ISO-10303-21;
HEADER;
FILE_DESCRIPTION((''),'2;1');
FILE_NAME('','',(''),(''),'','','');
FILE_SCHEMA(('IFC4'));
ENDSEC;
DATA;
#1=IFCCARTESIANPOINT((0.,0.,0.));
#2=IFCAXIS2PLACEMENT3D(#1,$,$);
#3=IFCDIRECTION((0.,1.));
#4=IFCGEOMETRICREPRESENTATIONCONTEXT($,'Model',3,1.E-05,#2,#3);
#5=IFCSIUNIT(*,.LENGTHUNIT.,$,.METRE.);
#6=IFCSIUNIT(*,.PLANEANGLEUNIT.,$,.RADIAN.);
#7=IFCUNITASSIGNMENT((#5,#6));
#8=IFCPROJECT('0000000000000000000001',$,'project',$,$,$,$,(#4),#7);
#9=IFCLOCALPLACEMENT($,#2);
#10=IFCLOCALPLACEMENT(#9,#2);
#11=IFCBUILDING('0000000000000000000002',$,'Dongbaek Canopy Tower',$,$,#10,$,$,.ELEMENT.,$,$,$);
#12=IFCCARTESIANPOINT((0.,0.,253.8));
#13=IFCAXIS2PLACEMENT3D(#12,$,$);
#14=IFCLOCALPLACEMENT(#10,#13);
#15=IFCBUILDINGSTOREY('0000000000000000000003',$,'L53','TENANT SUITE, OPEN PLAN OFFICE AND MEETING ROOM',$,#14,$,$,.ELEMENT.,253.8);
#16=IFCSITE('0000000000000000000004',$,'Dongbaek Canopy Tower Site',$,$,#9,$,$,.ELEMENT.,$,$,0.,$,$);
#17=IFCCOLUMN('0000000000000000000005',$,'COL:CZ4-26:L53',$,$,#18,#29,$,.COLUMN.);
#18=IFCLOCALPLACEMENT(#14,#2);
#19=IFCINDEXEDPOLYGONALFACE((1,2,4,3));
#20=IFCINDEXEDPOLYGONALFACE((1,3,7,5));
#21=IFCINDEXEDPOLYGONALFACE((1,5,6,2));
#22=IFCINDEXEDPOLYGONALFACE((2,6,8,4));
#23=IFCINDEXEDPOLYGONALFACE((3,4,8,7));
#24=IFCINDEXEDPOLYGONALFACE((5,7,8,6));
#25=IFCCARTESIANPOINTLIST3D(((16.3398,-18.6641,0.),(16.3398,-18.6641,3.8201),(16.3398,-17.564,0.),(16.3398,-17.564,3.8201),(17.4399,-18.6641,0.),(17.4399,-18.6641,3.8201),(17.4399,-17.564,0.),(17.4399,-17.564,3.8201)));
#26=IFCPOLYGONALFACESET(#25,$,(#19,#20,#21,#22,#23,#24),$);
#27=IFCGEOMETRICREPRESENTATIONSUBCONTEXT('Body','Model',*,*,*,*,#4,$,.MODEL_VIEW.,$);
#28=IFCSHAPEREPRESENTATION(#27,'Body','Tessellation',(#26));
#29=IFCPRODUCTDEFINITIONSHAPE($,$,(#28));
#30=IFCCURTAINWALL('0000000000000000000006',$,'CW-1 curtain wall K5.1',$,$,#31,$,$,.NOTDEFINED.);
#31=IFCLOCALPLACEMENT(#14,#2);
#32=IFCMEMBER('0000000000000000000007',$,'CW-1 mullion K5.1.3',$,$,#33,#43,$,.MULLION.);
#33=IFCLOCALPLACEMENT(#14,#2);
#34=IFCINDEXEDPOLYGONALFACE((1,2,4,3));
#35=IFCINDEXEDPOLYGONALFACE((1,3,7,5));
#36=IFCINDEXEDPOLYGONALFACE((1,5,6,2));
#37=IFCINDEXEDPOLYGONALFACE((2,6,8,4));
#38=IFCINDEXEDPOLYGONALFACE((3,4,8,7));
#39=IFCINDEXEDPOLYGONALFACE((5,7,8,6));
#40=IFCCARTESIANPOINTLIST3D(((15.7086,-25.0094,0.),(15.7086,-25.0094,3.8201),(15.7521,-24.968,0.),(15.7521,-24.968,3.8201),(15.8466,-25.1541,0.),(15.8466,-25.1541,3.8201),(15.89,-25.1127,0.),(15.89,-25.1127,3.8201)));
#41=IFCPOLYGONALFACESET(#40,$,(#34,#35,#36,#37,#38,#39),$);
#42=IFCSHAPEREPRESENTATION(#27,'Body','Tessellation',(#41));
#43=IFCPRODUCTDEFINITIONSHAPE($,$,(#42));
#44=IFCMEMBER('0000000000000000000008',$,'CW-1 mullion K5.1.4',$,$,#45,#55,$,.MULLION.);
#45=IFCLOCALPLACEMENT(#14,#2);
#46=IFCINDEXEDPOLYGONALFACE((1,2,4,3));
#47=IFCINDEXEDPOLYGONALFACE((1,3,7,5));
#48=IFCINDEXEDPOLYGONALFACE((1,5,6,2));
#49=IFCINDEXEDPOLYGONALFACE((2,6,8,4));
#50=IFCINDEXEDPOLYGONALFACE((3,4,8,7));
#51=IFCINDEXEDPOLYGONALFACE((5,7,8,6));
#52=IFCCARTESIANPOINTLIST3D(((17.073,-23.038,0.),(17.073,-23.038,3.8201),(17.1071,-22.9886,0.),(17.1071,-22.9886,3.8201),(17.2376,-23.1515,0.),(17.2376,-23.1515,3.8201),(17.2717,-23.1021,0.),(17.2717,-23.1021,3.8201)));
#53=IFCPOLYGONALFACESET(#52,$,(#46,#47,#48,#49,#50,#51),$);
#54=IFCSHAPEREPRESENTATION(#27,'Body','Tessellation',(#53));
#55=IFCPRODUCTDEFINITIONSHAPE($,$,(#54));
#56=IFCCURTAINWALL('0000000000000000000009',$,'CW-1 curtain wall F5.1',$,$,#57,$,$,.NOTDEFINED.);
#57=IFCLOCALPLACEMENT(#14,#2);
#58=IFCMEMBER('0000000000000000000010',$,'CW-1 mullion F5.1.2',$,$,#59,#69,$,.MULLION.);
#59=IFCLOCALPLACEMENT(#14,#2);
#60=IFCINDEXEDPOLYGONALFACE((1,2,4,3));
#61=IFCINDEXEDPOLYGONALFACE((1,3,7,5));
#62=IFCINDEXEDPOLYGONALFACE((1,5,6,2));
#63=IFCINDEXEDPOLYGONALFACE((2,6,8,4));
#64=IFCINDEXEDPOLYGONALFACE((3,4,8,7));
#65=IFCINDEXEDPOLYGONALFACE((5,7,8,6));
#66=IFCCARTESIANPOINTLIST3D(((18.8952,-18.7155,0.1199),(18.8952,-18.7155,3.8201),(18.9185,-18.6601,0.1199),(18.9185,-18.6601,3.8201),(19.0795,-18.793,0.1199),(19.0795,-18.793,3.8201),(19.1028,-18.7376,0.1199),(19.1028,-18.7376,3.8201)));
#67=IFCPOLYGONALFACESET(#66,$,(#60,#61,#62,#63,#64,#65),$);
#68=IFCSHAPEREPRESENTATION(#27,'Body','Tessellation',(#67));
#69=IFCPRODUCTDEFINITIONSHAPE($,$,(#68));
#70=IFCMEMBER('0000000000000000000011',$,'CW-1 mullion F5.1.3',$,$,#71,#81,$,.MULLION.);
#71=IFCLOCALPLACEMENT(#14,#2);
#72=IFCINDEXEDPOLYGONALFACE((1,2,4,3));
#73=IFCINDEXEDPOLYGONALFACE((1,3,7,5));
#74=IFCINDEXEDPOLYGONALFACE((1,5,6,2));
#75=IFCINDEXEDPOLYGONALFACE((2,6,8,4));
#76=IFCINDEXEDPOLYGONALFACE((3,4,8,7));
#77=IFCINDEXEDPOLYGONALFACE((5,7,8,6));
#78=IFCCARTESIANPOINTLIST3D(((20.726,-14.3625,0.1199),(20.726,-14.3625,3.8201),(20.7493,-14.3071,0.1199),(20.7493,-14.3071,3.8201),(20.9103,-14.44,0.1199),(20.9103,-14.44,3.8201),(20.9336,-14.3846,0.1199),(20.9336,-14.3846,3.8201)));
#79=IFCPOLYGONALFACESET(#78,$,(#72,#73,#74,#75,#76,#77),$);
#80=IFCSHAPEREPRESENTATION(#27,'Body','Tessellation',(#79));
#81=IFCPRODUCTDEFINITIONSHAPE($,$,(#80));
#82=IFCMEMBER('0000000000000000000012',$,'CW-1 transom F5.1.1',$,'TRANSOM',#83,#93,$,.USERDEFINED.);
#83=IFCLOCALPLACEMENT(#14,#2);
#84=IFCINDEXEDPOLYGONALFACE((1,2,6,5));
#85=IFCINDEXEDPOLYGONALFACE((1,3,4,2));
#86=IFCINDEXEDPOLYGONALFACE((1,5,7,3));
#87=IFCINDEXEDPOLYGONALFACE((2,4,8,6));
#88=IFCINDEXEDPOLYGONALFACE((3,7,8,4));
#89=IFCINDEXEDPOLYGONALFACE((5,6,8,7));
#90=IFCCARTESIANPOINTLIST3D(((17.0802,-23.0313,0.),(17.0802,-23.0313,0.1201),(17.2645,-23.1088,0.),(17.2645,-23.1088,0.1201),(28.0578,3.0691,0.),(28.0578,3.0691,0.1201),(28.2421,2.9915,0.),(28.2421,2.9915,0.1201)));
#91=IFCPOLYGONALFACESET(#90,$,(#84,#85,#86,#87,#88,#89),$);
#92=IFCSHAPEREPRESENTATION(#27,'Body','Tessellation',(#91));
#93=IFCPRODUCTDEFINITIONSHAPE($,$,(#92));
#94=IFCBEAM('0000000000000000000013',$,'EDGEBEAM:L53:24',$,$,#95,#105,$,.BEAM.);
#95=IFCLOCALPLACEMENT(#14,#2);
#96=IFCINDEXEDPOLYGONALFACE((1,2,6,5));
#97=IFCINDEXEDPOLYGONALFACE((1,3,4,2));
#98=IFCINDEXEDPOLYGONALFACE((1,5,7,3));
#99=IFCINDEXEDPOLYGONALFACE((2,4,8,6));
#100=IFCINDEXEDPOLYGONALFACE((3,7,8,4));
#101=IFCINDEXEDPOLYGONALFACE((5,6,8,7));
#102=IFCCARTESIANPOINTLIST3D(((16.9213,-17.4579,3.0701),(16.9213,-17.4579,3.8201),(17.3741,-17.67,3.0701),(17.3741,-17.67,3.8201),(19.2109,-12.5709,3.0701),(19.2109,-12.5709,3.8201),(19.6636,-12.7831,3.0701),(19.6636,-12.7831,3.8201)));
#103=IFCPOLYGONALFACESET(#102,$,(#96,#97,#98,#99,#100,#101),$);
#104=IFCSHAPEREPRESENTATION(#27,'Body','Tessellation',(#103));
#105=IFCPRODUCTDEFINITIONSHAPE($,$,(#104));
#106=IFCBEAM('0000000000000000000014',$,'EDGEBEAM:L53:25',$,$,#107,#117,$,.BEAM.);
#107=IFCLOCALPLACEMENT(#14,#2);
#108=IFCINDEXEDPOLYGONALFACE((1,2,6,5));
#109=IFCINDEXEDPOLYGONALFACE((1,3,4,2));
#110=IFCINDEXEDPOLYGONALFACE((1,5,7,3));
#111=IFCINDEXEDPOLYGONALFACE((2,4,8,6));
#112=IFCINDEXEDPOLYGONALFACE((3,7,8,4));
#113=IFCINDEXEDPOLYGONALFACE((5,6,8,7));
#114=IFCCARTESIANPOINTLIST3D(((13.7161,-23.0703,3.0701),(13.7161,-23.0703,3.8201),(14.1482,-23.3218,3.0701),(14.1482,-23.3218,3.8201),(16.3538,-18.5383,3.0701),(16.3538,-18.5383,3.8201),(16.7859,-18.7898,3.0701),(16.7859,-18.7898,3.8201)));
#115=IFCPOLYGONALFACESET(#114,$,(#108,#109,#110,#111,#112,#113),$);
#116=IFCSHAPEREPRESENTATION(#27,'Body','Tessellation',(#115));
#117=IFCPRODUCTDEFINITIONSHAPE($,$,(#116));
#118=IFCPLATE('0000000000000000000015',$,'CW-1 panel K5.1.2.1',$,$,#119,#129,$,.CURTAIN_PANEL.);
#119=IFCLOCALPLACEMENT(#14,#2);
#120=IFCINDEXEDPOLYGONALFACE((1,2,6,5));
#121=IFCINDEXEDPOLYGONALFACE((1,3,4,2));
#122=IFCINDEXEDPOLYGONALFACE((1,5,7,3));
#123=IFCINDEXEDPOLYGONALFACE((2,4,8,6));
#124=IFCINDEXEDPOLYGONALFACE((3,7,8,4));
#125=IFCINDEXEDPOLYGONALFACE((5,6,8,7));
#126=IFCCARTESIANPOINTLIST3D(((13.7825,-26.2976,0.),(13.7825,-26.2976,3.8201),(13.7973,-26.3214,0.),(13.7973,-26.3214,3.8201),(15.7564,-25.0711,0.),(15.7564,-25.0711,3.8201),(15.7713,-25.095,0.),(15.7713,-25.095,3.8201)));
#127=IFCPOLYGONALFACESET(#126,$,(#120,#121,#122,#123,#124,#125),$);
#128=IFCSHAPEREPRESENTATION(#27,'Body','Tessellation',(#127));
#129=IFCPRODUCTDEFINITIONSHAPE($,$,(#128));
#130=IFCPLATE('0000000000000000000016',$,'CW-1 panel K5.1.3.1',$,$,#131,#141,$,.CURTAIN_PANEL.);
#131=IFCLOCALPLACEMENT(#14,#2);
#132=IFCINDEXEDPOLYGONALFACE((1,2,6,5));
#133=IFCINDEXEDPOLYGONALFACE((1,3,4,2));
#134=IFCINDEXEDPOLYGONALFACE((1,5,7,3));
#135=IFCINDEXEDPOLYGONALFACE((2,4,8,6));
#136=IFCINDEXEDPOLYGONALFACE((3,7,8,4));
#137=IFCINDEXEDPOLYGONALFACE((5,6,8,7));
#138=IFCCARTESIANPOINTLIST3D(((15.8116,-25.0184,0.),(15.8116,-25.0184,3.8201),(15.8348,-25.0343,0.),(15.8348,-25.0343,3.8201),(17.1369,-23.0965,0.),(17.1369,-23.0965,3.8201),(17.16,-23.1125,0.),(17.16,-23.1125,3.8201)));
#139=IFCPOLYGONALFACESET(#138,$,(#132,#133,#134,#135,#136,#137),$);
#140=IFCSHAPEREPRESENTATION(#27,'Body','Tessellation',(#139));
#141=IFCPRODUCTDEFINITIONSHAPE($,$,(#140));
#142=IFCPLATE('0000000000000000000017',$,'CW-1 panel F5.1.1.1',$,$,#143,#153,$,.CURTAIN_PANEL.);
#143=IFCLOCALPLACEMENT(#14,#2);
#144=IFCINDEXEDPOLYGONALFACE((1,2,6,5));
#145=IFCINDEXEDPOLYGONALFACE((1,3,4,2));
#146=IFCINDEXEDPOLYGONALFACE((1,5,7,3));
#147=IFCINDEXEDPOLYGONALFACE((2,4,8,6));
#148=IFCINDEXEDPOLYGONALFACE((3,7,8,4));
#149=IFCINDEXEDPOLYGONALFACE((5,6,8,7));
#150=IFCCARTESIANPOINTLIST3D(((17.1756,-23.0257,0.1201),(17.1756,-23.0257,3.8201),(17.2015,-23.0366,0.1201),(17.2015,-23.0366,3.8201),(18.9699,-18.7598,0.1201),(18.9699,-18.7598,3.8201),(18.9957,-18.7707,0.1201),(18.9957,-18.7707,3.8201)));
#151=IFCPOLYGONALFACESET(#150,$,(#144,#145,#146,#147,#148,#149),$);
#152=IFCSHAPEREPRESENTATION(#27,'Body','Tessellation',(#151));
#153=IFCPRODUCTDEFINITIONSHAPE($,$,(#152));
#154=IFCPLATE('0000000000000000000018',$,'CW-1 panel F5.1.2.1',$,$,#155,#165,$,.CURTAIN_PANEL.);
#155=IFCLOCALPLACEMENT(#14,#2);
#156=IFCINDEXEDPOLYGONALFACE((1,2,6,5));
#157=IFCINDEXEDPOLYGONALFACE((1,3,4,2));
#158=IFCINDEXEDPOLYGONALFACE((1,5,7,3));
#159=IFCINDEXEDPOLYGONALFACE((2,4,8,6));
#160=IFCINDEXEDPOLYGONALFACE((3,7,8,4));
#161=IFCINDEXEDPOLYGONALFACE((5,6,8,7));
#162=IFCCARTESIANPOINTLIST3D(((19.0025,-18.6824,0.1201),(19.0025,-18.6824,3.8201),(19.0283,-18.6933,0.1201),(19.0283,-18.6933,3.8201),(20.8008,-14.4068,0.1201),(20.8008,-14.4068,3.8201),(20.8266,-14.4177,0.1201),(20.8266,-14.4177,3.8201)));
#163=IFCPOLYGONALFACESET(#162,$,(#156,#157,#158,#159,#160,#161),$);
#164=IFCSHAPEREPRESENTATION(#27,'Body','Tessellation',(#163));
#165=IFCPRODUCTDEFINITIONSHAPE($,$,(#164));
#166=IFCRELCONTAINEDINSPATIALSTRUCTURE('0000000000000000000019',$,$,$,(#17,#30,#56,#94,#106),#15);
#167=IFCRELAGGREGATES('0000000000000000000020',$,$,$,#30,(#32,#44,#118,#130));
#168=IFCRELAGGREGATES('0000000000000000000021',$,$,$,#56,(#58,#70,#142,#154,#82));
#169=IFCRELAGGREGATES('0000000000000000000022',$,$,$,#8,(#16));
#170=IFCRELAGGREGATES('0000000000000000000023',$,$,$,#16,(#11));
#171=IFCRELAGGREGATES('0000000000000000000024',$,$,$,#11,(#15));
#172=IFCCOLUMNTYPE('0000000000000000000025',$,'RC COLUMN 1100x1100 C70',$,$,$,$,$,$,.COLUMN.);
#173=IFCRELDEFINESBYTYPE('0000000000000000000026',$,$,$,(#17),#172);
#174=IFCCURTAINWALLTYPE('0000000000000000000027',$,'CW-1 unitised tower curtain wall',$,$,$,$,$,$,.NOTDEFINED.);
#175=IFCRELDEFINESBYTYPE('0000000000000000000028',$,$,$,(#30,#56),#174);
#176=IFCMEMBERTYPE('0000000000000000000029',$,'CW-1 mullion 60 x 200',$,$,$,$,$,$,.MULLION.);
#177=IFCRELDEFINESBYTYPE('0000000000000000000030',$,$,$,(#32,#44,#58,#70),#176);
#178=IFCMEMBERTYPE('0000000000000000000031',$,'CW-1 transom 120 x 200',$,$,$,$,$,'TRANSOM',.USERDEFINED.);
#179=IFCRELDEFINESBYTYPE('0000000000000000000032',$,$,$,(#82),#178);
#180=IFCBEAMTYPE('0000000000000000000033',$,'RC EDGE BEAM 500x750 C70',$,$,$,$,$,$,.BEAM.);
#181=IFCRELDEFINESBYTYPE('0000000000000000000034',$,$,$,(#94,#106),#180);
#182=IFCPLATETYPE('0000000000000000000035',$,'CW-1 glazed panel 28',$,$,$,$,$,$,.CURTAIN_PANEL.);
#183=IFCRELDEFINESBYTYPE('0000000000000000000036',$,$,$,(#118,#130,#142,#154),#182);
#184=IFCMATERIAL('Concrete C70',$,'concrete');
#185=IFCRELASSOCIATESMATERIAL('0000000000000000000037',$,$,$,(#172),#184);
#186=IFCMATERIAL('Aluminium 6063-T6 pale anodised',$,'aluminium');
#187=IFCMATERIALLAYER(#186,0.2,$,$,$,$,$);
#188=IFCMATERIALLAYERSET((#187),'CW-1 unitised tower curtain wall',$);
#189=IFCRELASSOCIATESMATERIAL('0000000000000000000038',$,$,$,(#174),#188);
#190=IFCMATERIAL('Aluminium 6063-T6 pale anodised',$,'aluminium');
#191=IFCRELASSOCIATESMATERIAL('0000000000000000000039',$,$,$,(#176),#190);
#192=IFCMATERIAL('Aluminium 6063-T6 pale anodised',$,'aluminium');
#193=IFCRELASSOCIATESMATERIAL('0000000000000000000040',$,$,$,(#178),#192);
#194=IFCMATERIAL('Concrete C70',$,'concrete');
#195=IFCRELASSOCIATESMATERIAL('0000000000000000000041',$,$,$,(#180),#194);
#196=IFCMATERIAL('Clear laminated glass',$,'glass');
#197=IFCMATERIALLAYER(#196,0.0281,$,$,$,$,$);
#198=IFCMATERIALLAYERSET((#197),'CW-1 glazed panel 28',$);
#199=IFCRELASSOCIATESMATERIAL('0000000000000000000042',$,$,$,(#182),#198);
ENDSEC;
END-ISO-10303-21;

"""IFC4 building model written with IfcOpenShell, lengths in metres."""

from ifc_helpers import new_model, si_unit, direction, frame, origin, origin_2d, place, context, subcontext, project, spatial, rectangle, extrude, material, layer, layer_set, material_profile, profile_set, type_object, element, aggregate, save


model = new_model("IFC4")

# Units and contexts
model_context = context("Model", 3, precision=1e-05, world=origin(), true_north=direction((0.0, 1.0)))
body_context = subcontext(model_context, "Body", "Model", "MODEL_VIEW")
ifc_project = project(units=[si_unit("LENGTHUNIT", "METRE"), si_unit("PLANEANGLEUNIT", "RADIAN")], contexts=[model_context])

# Site, building, storey
site_placement = place(None, origin())
site = spatial("IfcSite", under=ifc_project, at=site_placement, Name="Dongbaek Canopy Tower Site", CompositionType="ELEMENT", RefElevation=0.0)
building_placement = place(site_placement, origin())
building = spatial("IfcBuilding", under=site, at=building_placement, Name="Dongbaek Canopy Tower", CompositionType="ELEMENT")
storey_placement = place(building_placement, frame((0.0, 0.0, 253.8)))
storey = spatial("IfcBuildingStorey", under=building, at=storey_placement, Name="L53", Description="TENANT SUITE, OPEN PLAN OFFICE AND MEETING ROOM", CompositionType="ELEMENT", Elevation=253.8)

# Column
ifc_material_1 = material(Name="Concrete C70", Category="concrete")
ifc_material_profile_1 = material_profile(ifc_material_1, rectangle(XDim=1.1001, YDim=1.1001, at=origin_2d()), Name="RC COLUMN 1100x1100 C70")
ifc_profile_set_1 = profile_set([ifc_material_profile_1], Name="Concrete C70")
column_type = type_object("IfcColumnType", Name="RC COLUMN 1100x1100 C70", PredefinedType="COLUMN", material=ifc_profile_set_1)
column_placement = place(storey_placement, frame((16.8899, -18.114, 0.0), z_axis=(0.0, 0.0, 1.0), x_axis=(1.0, 0.0, 0.0)))
element("IfcColumn", 1, at=column_placement, inside=storey, type_object=column_type, Name="COL:CZ4-26:L53", PredefinedType="COLUMN", context=body_context, shape_type="SweptSolid", body=[
    extrude(rectangle(XDim=1.1001, YDim=1.1001, at=origin_2d()), origin(), (0.0, 0.0, 1.0), 3.8201),
])

# Curtain walls, members
ifc_material_2 = material(Name="Aluminium 6063-T6 pale anodised", Category="aluminium")
ifc_layer_1 = layer(ifc_material_2, 0.2)
ifc_layer_set_1 = layer_set([ifc_layer_1], Name="CW-1 unitised tower curtain wall")
curtain_wall_type = type_object("IfcCurtainWallType", Name="CW-1 unitised tower curtain wall", PredefinedType="NOTDEFINED", material=ifc_layer_set_1)
curtain_wall_1_placement = place(storey_placement, origin())
curtain_wall_1 = element("IfcCurtainWall", 2, at=curtain_wall_1_placement, inside=storey, type_object=curtain_wall_type, Name="CW-1 curtain wall K5.1", PredefinedType="NOTDEFINED")
ifc_material_3 = material(Name="Aluminium 6063-T6 pale anodised", Category="aluminium")
ifc_material_profile_2 = material_profile(ifc_material_3, rectangle(XDim=0.2, YDim=0.0601, at=origin_2d()), Name="CW-1 mullion 60 x 200")
ifc_profile_set_2 = profile_set([ifc_material_profile_2], Name="Aluminium 6063-T6 pale anodised")
member_type_1 = type_object("IfcMemberType", Name="CW-1 mullion 60 x 200", PredefinedType="MULLION", material=ifc_profile_set_2)
member_1_placement = place(storey_placement, frame((15.7993, -25.061, 0.0), z_axis=(0.0, 0.0, 1.0), x_axis=(0.69002, -0.723791, 0.0)))
member_1 = element("IfcMember", 3, at=member_1_placement, type_object=member_type_1, Name="CW-1 mullion K5.1.3", PredefinedType="MULLION", context=body_context, shape_type="SweptSolid", body=[
    extrude(rectangle(XDim=0.2, YDim=0.0601, at=origin_2d()), origin(), (0.0, 0.0, 1.0), 3.8201),
])
member_2_placement = place(storey_placement, frame((17.1724, -23.0701, 0.0), z_axis=(0.0, 0.0, 1.0), x_axis=(0.823238, -0.567697, 0.0)))
member_2 = element("IfcMember", 4, at=member_2_placement, type_object=member_type_1, Name="CW-1 mullion K5.1.4", PredefinedType="MULLION", context=body_context, shape_type="SweptSolid", body=[
    extrude(rectangle(XDim=0.2, YDim=0.0601, at=origin_2d()), origin(), (0.0, 0.0, 1.0), 3.8201),
])
curtain_wall_2_placement = place(storey_placement, origin())
curtain_wall_2 = element("IfcCurtainWall", 5, at=curtain_wall_2_placement, inside=storey, type_object=curtain_wall_type, Name="CW-1 curtain wall F5.1", PredefinedType="NOTDEFINED")
member_3_placement = place(storey_placement, frame((18.999, -18.7266, 0.1199), z_axis=(0.0, 0.0, 1.0), x_axis=(0.921787, -0.387696, 0.0)))
member_3 = element("IfcMember", 6, at=member_3_placement, type_object=member_type_1, Name="CW-1 mullion F5.1.2", PredefinedType="MULLION", context=body_context, shape_type="SweptSolid", body=[
    extrude(rectangle(XDim=0.2, YDim=0.0601, at=origin_2d()), origin(), (0.0, 0.0, 1.0), 3.7002),
])
member_4_placement = place(storey_placement, frame((20.8298, -14.3735, 0.1199), z_axis=(0.0, 0.0, 1.0), x_axis=(0.921787, -0.387696, 0.0)))
member_4 = element("IfcMember", 7, at=member_4_placement, type_object=member_type_1, Name="CW-1 mullion F5.1.3", PredefinedType="MULLION", context=body_context, shape_type="SweptSolid", body=[
    extrude(rectangle(XDim=0.2, YDim=0.0601, at=origin_2d()), origin(), (0.0, 0.0, 1.0), 3.7002),
])
ifc_material_4 = material(Name="Aluminium 6063-T6 pale anodised", Category="aluminium")
ifc_material_profile_3 = material_profile(ifc_material_4, rectangle(XDim=0.2, YDim=0.1201, at=origin_2d()), Name="CW-1 transom 120 x 200")
ifc_profile_set_3 = profile_set([ifc_material_profile_3], Name="Aluminium 6063-T6 pale anodised")
member_type_2 = type_object("IfcMemberType", Name="CW-1 transom 120 x 200", ElementType="TRANSOM", PredefinedType="USERDEFINED", material=ifc_profile_set_3)
member_5_placement = place(storey_placement, frame((17.1724, -23.0701, 0.0601), z_axis=(0.387695, 0.921788, 0.0), x_axis=(-0.921788, 0.387695, 0.0)))
member_5 = element("IfcMember", 8, at=member_5_placement, type_object=member_type_2, Name="CW-1 transom F5.1.1", ObjectType="TRANSOM", PredefinedType="USERDEFINED", context=body_context, shape_type="SweptSolid", body=[
    extrude(rectangle(XDim=0.2, YDim=0.1201, at=origin_2d()), origin(), (0.0, 0.0, 1.0), 28.3149),
])

# Beams
ifc_material_5 = material(Name="Concrete C70", Category="concrete")
ifc_material_profile_4 = material_profile(ifc_material_5, rectangle(XDim=0.5, YDim=0.75, at=origin_2d()), Name="RC EDGE BEAM 500x750 C70")
ifc_profile_set_4 = profile_set([ifc_material_profile_4], Name="Concrete C70")
beam_type = type_object("IfcBeamType", Name="RC EDGE BEAM 500x750 C70", PredefinedType="BEAM", material=ifc_profile_set_4)
beam_1_placement = place(storey_placement, frame((19.4373, -12.677, 3.4451), z_axis=(-0.42425, -0.905545, 0.0), x_axis=(0.905545, -0.42425, 0.0)))
element("IfcBeam", 9, at=beam_1_placement, inside=storey, type_object=beam_type, Name="EDGEBEAM:L53:24", PredefinedType="BEAM", context=body_context, shape_type="SweptSolid", body=[
    extrude(rectangle(XDim=0.5, YDim=0.75, at=origin_2d()), origin(), (0.0, 0.0, 1.0), 5.3967),
])
beam_2_placement = place(storey_placement, frame((16.5698, -18.6641, 3.4451), z_axis=(-0.503023, -0.864273, 0.0), x_axis=(0.864273, -0.503023, 0.0)))
element("IfcBeam", 10, at=beam_2_placement, inside=storey, type_object=beam_type, Name="EDGEBEAM:L53:25", PredefinedType="BEAM", context=body_context, shape_type="SweptSolid", body=[
    extrude(rectangle(XDim=0.5, YDim=0.75, at=origin_2d()), origin(), (0.0, 0.0, 1.0), 5.2437),
])

# Plates
ifc_material_6 = material(Name="Clear laminated glass", Category="glass")
ifc_layer_2 = layer(ifc_material_6, 0.0281)
ifc_layer_set_2 = layer_set([ifc_layer_2], Name="CW-1 glazed panel 28")
plate_type = type_object("IfcPlateType", Name="CW-1 glazed panel 28", PredefinedType="CURTAIN_PANEL", material=ifc_layer_set_2)
plate_1_placement = place(storey_placement, frame((14.7769, -25.6963, 0.0), z_axis=(0.0, 0.0, 1.0), x_axis=(0.849404, 0.527743, 0.0)))
plate_1 = element("IfcPlate", 11, at=plate_1_placement, type_object=plate_type, Name="CW-1 panel K5.1.2.1", PredefinedType="CURTAIN_PANEL", context=body_context, shape_type="SweptSolid", body=[
    extrude(rectangle(XDim=2.324, YDim=0.0281, at=origin_2d()), origin(), (0.0, 0.0, 1.0), 3.8201),
])
plate_2_placement = place(storey_placement, frame((16.4858, -24.0654, 0.0), z_axis=(0.0, 0.0, 1.0), x_axis=(0.567697, 0.823238, 0.0)))
plate_2 = element("IfcPlate", 12, at=plate_2_placement, type_object=plate_type, Name="CW-1 panel K5.1.3.1", PredefinedType="CURTAIN_PANEL", context=body_context, shape_type="SweptSolid", body=[
    extrude(rectangle(XDim=2.3345, YDim=0.0281, at=origin_2d()), origin(), (0.0, 0.0, 1.0), 3.8201),
])
plate_3_placement = place(storey_placement, frame((18.0857, -20.8982, 0.1201), z_axis=(0.0, 0.0, 1.0), x_axis=(0.387696, 0.921787, 0.0)))
plate_3 = element("IfcPlate", 13, at=plate_3_placement, type_object=plate_type, Name="CW-1 panel F5.1.1.1", PredefinedType="CURTAIN_PANEL", context=body_context, shape_type="SweptSolid", body=[
    extrude(rectangle(XDim=4.6279, YDim=0.0281, at=origin_2d()), origin(), (0.0, 0.0, 1.0), 3.7),
])
plate_4_placement = place(storey_placement, frame((19.9146, -16.55, 0.1201), z_axis=(0.0, 0.0, 1.0), x_axis=(0.387696, 0.921787, 0.0)))
plate_4 = element("IfcPlate", 14, at=plate_4_placement, type_object=plate_type, Name="CW-1 panel F5.1.2.1", PredefinedType="CURTAIN_PANEL", context=body_context, shape_type="SweptSolid", body=[
    extrude(rectangle(XDim=4.6384, YDim=0.0281, at=origin_2d()), origin(), (0.0, 0.0, 1.0), 3.7),
])

aggregate(curtain_wall_1, [member_1, member_2, plate_1, plate_2])
aggregate(curtain_wall_2, [member_3, member_4, plate_3, plate_4, member_5])

save(model, "model.ifc")
